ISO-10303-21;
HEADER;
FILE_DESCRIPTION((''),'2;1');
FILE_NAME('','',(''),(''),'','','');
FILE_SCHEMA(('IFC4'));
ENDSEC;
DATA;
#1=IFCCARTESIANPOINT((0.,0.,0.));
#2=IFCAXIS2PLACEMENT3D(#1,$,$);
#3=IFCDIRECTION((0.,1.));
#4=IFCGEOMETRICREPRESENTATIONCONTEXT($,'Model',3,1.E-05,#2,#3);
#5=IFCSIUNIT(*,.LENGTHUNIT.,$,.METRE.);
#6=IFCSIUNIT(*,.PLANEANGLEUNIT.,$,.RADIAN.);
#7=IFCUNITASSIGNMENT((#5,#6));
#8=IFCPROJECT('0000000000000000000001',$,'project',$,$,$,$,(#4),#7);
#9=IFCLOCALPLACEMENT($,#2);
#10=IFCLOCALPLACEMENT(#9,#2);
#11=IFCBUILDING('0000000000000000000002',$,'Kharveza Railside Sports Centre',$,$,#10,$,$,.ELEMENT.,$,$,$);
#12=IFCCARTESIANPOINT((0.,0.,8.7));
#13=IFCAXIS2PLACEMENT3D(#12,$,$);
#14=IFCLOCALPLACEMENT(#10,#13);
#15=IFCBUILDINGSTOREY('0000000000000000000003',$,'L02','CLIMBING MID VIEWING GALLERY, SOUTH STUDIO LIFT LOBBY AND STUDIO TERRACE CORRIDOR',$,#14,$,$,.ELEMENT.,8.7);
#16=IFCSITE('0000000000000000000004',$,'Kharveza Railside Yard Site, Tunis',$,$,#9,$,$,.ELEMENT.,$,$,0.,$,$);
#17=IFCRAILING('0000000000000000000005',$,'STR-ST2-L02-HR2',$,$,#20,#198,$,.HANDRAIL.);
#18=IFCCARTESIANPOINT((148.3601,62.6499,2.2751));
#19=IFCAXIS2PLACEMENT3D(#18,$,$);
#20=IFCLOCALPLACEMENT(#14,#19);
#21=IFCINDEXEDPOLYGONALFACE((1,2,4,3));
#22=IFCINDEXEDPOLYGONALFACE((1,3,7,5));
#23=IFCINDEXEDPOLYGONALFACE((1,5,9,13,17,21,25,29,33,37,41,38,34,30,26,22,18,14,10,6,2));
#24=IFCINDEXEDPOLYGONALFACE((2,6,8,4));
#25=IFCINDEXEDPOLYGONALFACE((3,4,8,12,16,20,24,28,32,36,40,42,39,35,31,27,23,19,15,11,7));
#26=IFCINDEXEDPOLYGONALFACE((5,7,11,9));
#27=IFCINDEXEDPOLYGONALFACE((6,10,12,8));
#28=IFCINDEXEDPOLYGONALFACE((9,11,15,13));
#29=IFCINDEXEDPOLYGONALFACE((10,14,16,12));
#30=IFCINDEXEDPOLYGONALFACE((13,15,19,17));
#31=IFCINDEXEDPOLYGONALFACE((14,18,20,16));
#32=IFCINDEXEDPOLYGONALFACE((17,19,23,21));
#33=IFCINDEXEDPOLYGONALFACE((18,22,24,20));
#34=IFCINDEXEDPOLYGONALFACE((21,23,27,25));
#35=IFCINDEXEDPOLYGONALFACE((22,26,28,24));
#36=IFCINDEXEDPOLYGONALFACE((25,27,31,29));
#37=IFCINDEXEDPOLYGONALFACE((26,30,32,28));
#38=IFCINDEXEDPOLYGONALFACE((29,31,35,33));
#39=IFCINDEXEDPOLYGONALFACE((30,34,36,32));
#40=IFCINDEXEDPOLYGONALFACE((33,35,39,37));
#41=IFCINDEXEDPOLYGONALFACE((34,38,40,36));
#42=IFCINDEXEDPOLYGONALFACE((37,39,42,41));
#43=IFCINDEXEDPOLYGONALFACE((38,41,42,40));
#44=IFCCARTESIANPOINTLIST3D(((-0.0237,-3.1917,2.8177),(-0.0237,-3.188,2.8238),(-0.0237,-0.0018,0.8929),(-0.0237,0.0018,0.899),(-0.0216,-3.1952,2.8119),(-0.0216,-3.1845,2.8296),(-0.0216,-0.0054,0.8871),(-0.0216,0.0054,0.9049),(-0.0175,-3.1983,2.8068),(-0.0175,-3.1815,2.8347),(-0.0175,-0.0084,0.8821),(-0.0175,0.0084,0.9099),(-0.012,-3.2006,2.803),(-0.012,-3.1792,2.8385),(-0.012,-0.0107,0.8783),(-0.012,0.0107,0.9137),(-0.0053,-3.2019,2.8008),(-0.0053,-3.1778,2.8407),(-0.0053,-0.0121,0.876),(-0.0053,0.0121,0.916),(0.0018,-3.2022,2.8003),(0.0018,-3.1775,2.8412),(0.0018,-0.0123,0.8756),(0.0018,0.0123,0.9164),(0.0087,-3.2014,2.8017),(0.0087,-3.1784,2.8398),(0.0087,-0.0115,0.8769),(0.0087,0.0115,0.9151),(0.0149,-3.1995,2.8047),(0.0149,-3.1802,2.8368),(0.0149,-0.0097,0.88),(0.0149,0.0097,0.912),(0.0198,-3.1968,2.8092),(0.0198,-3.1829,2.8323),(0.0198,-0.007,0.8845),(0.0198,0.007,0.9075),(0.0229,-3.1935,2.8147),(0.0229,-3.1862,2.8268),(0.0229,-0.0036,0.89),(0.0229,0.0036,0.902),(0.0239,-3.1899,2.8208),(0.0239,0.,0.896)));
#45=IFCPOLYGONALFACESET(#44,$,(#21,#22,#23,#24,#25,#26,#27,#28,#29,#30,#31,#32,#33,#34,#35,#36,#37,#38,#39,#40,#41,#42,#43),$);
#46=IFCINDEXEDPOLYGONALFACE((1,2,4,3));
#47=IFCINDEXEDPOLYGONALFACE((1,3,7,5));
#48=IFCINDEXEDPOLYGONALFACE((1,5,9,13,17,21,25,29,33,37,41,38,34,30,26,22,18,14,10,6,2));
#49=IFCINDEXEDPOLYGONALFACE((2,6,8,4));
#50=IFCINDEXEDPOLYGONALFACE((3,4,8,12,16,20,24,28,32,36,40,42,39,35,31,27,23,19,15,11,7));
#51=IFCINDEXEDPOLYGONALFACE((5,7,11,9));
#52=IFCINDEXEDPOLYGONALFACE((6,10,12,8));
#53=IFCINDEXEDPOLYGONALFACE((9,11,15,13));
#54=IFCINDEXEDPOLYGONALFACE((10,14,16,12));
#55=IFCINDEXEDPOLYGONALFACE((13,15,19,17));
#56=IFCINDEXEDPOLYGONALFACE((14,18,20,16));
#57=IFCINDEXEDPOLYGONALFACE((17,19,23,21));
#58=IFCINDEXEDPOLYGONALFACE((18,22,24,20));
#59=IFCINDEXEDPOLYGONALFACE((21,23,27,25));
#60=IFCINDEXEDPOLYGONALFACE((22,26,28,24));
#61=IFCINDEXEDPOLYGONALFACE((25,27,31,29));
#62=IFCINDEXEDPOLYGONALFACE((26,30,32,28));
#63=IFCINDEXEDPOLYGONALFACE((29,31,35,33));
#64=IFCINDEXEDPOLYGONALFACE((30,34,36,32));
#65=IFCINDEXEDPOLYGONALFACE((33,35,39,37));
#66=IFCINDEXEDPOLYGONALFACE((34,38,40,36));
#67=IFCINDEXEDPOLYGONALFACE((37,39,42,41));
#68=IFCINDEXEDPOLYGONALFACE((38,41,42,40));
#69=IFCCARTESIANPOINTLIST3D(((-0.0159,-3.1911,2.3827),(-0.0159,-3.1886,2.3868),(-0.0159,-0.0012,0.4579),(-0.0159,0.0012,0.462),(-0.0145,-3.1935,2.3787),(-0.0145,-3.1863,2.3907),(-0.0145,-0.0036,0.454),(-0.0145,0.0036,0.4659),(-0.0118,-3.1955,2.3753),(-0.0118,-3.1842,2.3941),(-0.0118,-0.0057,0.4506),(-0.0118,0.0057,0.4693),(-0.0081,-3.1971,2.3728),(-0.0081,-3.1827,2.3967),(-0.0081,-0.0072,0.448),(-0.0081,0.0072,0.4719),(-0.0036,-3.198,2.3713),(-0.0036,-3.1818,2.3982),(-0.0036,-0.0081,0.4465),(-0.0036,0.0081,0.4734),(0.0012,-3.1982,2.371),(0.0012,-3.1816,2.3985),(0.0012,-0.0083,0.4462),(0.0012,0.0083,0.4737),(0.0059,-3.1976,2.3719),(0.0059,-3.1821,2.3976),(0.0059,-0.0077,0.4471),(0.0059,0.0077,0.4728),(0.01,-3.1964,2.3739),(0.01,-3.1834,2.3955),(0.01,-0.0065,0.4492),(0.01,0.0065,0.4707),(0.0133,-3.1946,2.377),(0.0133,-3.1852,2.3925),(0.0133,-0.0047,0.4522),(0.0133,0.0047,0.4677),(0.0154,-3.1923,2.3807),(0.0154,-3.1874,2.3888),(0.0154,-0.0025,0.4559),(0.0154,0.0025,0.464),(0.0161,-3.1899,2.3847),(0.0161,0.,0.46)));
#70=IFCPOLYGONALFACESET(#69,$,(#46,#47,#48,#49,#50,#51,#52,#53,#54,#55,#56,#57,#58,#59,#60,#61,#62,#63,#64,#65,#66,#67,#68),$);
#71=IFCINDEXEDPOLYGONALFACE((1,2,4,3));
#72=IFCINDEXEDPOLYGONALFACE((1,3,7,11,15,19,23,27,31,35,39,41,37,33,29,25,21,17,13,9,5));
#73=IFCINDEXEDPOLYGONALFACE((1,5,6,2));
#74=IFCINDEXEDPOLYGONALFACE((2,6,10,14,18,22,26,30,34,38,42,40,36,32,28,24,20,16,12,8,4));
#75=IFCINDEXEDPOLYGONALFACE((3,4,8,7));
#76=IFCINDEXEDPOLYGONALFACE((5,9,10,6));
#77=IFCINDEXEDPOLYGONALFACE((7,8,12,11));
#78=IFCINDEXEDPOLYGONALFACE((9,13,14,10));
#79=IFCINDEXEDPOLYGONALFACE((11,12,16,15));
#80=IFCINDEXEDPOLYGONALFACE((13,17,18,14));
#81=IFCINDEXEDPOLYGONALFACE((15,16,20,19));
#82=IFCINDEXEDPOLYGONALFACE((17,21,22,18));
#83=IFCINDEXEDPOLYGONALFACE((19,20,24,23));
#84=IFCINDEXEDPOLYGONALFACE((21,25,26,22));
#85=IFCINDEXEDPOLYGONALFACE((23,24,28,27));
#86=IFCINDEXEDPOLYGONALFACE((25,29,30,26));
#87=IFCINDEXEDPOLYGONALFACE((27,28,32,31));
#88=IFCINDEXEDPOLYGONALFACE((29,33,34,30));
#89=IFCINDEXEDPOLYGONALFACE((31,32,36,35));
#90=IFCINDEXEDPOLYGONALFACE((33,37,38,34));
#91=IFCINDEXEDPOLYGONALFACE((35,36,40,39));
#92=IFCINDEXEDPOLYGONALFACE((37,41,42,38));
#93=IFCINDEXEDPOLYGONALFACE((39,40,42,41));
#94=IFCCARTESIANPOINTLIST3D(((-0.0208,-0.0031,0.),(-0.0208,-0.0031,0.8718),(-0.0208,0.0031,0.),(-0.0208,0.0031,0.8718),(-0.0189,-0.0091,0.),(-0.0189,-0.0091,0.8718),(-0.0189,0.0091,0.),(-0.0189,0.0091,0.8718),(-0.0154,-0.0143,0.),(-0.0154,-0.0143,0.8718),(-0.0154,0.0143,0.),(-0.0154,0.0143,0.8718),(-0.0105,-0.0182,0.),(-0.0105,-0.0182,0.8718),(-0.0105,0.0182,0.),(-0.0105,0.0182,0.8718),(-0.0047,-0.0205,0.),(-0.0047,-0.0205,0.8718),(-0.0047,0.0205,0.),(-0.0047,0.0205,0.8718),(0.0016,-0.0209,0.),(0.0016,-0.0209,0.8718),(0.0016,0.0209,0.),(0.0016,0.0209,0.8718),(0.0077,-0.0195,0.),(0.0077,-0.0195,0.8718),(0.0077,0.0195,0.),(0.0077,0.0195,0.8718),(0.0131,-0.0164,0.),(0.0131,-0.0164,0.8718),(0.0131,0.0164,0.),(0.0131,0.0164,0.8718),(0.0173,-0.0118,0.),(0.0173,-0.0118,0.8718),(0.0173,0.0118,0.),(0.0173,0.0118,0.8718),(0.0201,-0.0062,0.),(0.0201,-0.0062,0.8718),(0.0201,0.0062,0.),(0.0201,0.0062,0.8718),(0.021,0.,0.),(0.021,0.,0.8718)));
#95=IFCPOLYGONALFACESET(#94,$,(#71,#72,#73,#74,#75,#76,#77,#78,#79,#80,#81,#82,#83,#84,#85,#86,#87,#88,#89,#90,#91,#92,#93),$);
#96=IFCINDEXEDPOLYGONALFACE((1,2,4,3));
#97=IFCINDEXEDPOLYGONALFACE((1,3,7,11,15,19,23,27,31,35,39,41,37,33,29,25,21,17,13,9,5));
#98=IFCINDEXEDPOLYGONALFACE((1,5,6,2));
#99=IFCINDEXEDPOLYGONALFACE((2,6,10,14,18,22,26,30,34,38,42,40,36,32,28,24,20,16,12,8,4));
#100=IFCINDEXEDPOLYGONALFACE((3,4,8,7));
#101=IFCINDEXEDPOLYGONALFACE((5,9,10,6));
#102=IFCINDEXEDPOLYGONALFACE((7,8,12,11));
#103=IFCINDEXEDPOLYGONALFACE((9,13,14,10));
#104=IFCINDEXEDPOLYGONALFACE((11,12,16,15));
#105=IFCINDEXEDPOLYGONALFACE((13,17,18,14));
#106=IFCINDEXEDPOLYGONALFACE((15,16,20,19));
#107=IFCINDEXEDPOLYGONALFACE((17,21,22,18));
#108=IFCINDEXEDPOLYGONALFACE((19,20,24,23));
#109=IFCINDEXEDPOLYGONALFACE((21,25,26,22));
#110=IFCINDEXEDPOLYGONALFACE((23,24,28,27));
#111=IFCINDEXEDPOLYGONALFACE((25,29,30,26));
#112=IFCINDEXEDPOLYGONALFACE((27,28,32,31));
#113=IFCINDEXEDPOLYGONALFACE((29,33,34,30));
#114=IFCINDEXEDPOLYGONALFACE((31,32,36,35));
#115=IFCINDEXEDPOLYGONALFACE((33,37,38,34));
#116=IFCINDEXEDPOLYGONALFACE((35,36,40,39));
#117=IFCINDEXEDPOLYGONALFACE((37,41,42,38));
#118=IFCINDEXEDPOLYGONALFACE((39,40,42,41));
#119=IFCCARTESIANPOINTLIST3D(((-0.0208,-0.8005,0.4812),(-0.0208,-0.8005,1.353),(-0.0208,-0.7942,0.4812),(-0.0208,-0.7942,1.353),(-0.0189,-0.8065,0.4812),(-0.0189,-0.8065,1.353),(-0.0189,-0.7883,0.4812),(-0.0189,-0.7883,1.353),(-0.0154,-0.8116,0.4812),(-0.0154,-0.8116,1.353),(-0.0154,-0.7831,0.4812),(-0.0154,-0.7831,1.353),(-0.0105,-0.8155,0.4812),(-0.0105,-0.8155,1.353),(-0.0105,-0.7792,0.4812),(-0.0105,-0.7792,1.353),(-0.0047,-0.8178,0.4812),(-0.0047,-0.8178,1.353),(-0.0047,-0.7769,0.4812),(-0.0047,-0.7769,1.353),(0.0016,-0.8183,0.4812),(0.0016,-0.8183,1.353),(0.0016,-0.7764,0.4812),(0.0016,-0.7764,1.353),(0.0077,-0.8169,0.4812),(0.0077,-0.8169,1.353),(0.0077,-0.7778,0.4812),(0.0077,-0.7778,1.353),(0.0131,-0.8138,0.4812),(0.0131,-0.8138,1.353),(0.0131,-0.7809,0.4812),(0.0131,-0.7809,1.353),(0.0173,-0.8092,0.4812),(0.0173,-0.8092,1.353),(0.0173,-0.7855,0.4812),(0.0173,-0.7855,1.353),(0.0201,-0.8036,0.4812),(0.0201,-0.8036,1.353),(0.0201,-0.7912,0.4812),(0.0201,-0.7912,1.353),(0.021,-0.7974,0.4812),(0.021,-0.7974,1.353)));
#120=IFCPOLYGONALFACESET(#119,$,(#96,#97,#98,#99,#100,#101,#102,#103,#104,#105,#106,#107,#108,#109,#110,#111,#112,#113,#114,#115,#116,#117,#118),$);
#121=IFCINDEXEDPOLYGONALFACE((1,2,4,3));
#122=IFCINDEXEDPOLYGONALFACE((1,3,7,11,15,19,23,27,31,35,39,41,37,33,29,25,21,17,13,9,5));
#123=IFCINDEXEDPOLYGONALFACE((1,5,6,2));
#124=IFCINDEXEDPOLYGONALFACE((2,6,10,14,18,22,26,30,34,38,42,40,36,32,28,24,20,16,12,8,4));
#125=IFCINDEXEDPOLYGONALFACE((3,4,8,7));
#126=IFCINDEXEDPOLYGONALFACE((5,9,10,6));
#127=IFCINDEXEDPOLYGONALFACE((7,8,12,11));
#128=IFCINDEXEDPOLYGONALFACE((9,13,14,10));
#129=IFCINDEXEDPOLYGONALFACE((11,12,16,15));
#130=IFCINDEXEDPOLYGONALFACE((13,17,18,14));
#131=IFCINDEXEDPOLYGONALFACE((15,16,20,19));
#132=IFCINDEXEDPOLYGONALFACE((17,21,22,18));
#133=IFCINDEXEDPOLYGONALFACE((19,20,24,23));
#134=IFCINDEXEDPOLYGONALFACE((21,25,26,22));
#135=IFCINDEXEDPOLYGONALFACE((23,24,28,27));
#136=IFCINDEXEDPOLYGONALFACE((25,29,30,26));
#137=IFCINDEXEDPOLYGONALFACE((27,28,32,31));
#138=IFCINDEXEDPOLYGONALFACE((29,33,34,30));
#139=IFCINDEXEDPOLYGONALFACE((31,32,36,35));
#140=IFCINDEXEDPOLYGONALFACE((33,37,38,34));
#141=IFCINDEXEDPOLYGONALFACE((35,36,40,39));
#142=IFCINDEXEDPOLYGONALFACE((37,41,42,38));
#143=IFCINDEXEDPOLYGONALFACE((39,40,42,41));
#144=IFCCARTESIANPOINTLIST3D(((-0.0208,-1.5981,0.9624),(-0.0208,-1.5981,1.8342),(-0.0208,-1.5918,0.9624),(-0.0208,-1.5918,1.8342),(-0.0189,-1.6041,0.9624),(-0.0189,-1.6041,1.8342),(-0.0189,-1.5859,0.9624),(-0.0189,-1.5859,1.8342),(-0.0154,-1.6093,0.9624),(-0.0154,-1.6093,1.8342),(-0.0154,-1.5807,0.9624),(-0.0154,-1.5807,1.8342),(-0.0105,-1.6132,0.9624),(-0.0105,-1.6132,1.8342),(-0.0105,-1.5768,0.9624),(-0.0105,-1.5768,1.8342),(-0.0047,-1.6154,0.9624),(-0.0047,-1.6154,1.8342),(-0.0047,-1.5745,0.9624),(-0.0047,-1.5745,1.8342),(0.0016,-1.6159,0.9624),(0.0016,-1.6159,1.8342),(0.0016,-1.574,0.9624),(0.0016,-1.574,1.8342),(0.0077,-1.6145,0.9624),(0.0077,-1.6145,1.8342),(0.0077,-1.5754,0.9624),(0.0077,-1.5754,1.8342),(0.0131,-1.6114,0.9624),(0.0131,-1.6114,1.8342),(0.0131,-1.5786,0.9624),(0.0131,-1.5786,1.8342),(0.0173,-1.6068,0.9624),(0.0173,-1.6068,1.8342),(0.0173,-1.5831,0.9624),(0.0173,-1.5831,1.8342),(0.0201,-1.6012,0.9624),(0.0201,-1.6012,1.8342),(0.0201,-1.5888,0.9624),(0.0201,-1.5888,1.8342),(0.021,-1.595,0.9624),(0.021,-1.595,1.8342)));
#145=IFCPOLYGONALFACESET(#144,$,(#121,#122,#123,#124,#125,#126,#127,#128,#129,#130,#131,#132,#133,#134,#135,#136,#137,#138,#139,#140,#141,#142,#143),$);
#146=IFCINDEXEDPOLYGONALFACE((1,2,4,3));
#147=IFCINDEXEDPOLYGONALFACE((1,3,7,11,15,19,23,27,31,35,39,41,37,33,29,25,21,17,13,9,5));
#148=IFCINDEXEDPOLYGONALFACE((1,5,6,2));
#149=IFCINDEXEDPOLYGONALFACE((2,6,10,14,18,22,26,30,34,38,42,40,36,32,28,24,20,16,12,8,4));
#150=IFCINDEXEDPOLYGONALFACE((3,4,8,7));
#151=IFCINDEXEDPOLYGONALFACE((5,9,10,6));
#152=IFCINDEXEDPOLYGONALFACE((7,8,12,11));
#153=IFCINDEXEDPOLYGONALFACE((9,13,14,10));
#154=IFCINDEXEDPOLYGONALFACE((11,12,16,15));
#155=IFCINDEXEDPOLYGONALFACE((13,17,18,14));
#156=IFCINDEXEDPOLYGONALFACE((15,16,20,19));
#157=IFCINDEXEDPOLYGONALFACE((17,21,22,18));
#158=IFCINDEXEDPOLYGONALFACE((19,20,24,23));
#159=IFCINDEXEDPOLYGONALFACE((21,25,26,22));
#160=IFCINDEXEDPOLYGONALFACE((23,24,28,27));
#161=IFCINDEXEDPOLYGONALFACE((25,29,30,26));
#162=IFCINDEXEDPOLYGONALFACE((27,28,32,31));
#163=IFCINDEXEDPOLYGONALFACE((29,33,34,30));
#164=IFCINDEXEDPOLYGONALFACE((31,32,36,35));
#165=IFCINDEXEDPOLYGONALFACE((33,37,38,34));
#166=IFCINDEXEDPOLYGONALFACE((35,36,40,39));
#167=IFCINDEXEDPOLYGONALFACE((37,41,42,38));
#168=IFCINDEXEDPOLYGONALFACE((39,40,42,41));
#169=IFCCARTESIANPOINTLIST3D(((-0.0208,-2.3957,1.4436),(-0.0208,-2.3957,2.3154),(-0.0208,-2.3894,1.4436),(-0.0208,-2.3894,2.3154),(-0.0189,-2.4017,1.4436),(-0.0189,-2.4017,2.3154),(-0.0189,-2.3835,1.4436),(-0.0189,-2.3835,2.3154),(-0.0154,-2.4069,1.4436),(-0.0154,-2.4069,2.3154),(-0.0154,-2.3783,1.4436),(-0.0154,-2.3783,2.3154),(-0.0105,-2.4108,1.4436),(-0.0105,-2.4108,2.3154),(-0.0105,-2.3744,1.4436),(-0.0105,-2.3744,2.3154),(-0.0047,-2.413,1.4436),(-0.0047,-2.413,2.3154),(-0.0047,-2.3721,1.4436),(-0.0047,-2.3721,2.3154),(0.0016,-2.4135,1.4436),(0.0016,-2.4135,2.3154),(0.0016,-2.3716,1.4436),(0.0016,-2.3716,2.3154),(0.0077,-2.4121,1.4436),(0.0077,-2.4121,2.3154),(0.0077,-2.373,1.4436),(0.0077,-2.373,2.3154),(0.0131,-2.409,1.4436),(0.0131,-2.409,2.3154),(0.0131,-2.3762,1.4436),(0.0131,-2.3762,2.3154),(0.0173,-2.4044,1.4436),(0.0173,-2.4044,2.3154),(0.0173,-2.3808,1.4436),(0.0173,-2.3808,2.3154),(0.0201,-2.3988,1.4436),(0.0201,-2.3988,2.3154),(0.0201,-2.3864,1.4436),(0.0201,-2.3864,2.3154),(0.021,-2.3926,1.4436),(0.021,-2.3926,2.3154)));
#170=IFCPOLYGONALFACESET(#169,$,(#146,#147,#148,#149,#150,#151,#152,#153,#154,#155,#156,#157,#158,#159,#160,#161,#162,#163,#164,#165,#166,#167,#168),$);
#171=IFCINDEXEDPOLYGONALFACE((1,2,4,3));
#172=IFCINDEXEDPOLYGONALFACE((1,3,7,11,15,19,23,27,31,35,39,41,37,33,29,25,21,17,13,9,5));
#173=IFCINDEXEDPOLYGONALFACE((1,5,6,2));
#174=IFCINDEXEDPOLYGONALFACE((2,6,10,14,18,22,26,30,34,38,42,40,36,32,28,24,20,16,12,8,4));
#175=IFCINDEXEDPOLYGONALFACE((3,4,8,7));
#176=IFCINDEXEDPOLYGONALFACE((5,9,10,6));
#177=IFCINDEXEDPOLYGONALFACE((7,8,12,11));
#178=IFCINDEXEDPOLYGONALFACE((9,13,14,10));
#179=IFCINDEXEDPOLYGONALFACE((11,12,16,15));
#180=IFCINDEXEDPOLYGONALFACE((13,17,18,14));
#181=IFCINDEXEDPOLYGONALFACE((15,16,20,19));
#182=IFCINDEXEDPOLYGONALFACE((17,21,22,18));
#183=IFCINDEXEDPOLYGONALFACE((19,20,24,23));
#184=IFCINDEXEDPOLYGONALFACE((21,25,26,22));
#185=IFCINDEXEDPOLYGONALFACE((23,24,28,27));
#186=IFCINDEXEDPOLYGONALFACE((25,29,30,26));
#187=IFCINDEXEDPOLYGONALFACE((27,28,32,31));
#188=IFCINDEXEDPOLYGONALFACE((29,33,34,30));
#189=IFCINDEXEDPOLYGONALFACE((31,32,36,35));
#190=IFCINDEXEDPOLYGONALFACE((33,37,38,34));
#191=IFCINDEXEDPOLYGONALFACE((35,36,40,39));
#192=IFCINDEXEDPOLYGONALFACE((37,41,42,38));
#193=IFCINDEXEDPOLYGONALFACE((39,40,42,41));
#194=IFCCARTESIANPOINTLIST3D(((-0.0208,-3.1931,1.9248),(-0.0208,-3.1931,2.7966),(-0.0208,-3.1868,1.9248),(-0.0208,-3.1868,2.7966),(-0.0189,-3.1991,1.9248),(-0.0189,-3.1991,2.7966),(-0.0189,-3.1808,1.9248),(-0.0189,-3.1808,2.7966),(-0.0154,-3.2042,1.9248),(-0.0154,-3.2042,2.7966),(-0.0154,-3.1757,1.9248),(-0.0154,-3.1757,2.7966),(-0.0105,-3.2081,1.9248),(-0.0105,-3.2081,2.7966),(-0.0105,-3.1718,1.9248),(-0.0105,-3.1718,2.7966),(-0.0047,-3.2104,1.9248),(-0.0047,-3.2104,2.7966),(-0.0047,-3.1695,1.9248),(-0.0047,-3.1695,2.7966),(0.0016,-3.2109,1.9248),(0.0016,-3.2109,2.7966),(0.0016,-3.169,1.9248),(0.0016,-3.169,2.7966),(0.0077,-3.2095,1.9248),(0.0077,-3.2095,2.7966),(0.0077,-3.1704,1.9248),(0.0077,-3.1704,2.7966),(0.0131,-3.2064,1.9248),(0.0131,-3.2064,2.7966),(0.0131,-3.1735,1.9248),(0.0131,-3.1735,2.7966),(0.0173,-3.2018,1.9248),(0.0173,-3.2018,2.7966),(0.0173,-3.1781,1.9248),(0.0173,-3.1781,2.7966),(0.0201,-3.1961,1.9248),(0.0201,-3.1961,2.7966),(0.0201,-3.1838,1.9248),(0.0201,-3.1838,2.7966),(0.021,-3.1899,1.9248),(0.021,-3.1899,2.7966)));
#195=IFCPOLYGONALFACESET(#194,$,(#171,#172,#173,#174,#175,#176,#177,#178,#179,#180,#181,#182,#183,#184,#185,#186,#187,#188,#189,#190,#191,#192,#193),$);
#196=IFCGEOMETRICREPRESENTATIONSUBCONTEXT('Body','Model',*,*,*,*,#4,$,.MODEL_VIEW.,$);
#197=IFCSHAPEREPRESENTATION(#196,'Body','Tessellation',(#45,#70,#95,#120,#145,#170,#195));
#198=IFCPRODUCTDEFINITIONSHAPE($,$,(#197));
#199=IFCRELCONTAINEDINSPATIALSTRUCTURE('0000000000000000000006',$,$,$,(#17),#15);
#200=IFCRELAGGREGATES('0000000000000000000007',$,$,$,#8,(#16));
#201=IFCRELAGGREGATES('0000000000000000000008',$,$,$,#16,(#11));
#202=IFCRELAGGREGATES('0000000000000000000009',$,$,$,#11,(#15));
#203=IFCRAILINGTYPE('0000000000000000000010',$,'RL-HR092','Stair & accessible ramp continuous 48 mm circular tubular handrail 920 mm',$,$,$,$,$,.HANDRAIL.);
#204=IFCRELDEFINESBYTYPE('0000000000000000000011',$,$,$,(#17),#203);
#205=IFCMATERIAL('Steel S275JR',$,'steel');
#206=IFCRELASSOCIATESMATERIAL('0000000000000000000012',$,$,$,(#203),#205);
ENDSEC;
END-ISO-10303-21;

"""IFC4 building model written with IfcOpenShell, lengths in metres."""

from ifc_helpers import new_model, si_unit, direction, frame, origin, origin_2d, place, context, subcontext, project, spatial, circle, extrude, material, type_object, element, save


model = new_model("IFC4")

# Units and contexts
model_context = context("Model", 3, precision=1e-05, world=origin(), true_north=direction((0.0, 1.0)))
body_context = subcontext(model_context, "Body", "Model", "MODEL_VIEW")
ifc_project = project(units=[si_unit("LENGTHUNIT", "METRE"), si_unit("PLANEANGLEUNIT", "RADIAN")], contexts=[model_context])

# Site, building, storey
site_placement = place(None, origin())
site = spatial("IfcSite", under=ifc_project, at=site_placement, Name="Kharveza Railside Yard Site, Tunis", CompositionType="ELEMENT", RefElevation=0.0)
building_placement = place(site_placement, origin())
building = spatial("IfcBuilding", under=site, at=building_placement, Name="Kharveza Railside Sports Centre", CompositionType="ELEMENT")
storey_placement = place(building_placement, frame((0.0, 0.0, 8.7)))
storey = spatial("IfcBuildingStorey", under=building, at=storey_placement, Name="L02", Description="CLIMBING MID VIEWING GALLERY, SOUTH STUDIO LIFT LOBBY AND STUDIO TERRACE CORRIDOR", CompositionType="ELEMENT", Elevation=8.7)

# Railing
ifc_material_1 = material(Name="Steel S275JR", Category="steel")
railing_type = type_object("IfcRailingType", Name="RL-HR092", Description="Stair & accessible ramp continuous 48 mm circular tubular handrail 920 mm", PredefinedType="HANDRAIL", material=ifc_material_1)
railing_placement = place(storey_placement, frame((148.3601, 62.6499, 2.2751)))
element("IfcRailing", 1, at=railing_placement, inside=storey, type_object=railing_type, Name="STR-ST2-L02-HR2", PredefinedType="HANDRAIL", context=body_context, shape_type="SweptSolid", body=[
    extrude(circle(Radius=0.0239, at=origin_2d()), frame((0.0, 0.0, 0.896), z_axis=(0.0, -0.856207, 0.516633), x_axis=(1.0, 0.0, 0.0)), (0.0, 0.0, 1.0), 3.7256),
    extrude(circle(Radius=0.0161, at=origin_2d()), frame((0.0, 0.0, 0.46), z_axis=(0.0, -0.856207, 0.516633), x_axis=(1.0, 0.0, 0.0)), (0.0, 0.0, 1.0), 3.7256),
    extrude(circle(Radius=0.021, at=origin_2d()), origin(), (0.0, 0.0, 1.0), 0.8718),
    extrude(circle(Radius=0.021, at=origin_2d()), frame((0.0, -0.7974, 0.4812)), (0.0, 0.0, 1.0), 0.8718),
    extrude(circle(Radius=0.021, at=origin_2d()), frame((0.0, -1.595, 0.9624)), (0.0, 0.0, 1.0), 0.8718),
    extrude(circle(Radius=0.021, at=origin_2d()), frame((0.0, -2.3926, 1.4436)), (0.0, 0.0, 1.0), 0.8718),
    extrude(circle(Radius=0.021, at=origin_2d()), frame((0.0, -3.1899, 1.9248)), (0.0, 0.0, 1.0), 0.8718),
])

save(model, "model.ifc")
